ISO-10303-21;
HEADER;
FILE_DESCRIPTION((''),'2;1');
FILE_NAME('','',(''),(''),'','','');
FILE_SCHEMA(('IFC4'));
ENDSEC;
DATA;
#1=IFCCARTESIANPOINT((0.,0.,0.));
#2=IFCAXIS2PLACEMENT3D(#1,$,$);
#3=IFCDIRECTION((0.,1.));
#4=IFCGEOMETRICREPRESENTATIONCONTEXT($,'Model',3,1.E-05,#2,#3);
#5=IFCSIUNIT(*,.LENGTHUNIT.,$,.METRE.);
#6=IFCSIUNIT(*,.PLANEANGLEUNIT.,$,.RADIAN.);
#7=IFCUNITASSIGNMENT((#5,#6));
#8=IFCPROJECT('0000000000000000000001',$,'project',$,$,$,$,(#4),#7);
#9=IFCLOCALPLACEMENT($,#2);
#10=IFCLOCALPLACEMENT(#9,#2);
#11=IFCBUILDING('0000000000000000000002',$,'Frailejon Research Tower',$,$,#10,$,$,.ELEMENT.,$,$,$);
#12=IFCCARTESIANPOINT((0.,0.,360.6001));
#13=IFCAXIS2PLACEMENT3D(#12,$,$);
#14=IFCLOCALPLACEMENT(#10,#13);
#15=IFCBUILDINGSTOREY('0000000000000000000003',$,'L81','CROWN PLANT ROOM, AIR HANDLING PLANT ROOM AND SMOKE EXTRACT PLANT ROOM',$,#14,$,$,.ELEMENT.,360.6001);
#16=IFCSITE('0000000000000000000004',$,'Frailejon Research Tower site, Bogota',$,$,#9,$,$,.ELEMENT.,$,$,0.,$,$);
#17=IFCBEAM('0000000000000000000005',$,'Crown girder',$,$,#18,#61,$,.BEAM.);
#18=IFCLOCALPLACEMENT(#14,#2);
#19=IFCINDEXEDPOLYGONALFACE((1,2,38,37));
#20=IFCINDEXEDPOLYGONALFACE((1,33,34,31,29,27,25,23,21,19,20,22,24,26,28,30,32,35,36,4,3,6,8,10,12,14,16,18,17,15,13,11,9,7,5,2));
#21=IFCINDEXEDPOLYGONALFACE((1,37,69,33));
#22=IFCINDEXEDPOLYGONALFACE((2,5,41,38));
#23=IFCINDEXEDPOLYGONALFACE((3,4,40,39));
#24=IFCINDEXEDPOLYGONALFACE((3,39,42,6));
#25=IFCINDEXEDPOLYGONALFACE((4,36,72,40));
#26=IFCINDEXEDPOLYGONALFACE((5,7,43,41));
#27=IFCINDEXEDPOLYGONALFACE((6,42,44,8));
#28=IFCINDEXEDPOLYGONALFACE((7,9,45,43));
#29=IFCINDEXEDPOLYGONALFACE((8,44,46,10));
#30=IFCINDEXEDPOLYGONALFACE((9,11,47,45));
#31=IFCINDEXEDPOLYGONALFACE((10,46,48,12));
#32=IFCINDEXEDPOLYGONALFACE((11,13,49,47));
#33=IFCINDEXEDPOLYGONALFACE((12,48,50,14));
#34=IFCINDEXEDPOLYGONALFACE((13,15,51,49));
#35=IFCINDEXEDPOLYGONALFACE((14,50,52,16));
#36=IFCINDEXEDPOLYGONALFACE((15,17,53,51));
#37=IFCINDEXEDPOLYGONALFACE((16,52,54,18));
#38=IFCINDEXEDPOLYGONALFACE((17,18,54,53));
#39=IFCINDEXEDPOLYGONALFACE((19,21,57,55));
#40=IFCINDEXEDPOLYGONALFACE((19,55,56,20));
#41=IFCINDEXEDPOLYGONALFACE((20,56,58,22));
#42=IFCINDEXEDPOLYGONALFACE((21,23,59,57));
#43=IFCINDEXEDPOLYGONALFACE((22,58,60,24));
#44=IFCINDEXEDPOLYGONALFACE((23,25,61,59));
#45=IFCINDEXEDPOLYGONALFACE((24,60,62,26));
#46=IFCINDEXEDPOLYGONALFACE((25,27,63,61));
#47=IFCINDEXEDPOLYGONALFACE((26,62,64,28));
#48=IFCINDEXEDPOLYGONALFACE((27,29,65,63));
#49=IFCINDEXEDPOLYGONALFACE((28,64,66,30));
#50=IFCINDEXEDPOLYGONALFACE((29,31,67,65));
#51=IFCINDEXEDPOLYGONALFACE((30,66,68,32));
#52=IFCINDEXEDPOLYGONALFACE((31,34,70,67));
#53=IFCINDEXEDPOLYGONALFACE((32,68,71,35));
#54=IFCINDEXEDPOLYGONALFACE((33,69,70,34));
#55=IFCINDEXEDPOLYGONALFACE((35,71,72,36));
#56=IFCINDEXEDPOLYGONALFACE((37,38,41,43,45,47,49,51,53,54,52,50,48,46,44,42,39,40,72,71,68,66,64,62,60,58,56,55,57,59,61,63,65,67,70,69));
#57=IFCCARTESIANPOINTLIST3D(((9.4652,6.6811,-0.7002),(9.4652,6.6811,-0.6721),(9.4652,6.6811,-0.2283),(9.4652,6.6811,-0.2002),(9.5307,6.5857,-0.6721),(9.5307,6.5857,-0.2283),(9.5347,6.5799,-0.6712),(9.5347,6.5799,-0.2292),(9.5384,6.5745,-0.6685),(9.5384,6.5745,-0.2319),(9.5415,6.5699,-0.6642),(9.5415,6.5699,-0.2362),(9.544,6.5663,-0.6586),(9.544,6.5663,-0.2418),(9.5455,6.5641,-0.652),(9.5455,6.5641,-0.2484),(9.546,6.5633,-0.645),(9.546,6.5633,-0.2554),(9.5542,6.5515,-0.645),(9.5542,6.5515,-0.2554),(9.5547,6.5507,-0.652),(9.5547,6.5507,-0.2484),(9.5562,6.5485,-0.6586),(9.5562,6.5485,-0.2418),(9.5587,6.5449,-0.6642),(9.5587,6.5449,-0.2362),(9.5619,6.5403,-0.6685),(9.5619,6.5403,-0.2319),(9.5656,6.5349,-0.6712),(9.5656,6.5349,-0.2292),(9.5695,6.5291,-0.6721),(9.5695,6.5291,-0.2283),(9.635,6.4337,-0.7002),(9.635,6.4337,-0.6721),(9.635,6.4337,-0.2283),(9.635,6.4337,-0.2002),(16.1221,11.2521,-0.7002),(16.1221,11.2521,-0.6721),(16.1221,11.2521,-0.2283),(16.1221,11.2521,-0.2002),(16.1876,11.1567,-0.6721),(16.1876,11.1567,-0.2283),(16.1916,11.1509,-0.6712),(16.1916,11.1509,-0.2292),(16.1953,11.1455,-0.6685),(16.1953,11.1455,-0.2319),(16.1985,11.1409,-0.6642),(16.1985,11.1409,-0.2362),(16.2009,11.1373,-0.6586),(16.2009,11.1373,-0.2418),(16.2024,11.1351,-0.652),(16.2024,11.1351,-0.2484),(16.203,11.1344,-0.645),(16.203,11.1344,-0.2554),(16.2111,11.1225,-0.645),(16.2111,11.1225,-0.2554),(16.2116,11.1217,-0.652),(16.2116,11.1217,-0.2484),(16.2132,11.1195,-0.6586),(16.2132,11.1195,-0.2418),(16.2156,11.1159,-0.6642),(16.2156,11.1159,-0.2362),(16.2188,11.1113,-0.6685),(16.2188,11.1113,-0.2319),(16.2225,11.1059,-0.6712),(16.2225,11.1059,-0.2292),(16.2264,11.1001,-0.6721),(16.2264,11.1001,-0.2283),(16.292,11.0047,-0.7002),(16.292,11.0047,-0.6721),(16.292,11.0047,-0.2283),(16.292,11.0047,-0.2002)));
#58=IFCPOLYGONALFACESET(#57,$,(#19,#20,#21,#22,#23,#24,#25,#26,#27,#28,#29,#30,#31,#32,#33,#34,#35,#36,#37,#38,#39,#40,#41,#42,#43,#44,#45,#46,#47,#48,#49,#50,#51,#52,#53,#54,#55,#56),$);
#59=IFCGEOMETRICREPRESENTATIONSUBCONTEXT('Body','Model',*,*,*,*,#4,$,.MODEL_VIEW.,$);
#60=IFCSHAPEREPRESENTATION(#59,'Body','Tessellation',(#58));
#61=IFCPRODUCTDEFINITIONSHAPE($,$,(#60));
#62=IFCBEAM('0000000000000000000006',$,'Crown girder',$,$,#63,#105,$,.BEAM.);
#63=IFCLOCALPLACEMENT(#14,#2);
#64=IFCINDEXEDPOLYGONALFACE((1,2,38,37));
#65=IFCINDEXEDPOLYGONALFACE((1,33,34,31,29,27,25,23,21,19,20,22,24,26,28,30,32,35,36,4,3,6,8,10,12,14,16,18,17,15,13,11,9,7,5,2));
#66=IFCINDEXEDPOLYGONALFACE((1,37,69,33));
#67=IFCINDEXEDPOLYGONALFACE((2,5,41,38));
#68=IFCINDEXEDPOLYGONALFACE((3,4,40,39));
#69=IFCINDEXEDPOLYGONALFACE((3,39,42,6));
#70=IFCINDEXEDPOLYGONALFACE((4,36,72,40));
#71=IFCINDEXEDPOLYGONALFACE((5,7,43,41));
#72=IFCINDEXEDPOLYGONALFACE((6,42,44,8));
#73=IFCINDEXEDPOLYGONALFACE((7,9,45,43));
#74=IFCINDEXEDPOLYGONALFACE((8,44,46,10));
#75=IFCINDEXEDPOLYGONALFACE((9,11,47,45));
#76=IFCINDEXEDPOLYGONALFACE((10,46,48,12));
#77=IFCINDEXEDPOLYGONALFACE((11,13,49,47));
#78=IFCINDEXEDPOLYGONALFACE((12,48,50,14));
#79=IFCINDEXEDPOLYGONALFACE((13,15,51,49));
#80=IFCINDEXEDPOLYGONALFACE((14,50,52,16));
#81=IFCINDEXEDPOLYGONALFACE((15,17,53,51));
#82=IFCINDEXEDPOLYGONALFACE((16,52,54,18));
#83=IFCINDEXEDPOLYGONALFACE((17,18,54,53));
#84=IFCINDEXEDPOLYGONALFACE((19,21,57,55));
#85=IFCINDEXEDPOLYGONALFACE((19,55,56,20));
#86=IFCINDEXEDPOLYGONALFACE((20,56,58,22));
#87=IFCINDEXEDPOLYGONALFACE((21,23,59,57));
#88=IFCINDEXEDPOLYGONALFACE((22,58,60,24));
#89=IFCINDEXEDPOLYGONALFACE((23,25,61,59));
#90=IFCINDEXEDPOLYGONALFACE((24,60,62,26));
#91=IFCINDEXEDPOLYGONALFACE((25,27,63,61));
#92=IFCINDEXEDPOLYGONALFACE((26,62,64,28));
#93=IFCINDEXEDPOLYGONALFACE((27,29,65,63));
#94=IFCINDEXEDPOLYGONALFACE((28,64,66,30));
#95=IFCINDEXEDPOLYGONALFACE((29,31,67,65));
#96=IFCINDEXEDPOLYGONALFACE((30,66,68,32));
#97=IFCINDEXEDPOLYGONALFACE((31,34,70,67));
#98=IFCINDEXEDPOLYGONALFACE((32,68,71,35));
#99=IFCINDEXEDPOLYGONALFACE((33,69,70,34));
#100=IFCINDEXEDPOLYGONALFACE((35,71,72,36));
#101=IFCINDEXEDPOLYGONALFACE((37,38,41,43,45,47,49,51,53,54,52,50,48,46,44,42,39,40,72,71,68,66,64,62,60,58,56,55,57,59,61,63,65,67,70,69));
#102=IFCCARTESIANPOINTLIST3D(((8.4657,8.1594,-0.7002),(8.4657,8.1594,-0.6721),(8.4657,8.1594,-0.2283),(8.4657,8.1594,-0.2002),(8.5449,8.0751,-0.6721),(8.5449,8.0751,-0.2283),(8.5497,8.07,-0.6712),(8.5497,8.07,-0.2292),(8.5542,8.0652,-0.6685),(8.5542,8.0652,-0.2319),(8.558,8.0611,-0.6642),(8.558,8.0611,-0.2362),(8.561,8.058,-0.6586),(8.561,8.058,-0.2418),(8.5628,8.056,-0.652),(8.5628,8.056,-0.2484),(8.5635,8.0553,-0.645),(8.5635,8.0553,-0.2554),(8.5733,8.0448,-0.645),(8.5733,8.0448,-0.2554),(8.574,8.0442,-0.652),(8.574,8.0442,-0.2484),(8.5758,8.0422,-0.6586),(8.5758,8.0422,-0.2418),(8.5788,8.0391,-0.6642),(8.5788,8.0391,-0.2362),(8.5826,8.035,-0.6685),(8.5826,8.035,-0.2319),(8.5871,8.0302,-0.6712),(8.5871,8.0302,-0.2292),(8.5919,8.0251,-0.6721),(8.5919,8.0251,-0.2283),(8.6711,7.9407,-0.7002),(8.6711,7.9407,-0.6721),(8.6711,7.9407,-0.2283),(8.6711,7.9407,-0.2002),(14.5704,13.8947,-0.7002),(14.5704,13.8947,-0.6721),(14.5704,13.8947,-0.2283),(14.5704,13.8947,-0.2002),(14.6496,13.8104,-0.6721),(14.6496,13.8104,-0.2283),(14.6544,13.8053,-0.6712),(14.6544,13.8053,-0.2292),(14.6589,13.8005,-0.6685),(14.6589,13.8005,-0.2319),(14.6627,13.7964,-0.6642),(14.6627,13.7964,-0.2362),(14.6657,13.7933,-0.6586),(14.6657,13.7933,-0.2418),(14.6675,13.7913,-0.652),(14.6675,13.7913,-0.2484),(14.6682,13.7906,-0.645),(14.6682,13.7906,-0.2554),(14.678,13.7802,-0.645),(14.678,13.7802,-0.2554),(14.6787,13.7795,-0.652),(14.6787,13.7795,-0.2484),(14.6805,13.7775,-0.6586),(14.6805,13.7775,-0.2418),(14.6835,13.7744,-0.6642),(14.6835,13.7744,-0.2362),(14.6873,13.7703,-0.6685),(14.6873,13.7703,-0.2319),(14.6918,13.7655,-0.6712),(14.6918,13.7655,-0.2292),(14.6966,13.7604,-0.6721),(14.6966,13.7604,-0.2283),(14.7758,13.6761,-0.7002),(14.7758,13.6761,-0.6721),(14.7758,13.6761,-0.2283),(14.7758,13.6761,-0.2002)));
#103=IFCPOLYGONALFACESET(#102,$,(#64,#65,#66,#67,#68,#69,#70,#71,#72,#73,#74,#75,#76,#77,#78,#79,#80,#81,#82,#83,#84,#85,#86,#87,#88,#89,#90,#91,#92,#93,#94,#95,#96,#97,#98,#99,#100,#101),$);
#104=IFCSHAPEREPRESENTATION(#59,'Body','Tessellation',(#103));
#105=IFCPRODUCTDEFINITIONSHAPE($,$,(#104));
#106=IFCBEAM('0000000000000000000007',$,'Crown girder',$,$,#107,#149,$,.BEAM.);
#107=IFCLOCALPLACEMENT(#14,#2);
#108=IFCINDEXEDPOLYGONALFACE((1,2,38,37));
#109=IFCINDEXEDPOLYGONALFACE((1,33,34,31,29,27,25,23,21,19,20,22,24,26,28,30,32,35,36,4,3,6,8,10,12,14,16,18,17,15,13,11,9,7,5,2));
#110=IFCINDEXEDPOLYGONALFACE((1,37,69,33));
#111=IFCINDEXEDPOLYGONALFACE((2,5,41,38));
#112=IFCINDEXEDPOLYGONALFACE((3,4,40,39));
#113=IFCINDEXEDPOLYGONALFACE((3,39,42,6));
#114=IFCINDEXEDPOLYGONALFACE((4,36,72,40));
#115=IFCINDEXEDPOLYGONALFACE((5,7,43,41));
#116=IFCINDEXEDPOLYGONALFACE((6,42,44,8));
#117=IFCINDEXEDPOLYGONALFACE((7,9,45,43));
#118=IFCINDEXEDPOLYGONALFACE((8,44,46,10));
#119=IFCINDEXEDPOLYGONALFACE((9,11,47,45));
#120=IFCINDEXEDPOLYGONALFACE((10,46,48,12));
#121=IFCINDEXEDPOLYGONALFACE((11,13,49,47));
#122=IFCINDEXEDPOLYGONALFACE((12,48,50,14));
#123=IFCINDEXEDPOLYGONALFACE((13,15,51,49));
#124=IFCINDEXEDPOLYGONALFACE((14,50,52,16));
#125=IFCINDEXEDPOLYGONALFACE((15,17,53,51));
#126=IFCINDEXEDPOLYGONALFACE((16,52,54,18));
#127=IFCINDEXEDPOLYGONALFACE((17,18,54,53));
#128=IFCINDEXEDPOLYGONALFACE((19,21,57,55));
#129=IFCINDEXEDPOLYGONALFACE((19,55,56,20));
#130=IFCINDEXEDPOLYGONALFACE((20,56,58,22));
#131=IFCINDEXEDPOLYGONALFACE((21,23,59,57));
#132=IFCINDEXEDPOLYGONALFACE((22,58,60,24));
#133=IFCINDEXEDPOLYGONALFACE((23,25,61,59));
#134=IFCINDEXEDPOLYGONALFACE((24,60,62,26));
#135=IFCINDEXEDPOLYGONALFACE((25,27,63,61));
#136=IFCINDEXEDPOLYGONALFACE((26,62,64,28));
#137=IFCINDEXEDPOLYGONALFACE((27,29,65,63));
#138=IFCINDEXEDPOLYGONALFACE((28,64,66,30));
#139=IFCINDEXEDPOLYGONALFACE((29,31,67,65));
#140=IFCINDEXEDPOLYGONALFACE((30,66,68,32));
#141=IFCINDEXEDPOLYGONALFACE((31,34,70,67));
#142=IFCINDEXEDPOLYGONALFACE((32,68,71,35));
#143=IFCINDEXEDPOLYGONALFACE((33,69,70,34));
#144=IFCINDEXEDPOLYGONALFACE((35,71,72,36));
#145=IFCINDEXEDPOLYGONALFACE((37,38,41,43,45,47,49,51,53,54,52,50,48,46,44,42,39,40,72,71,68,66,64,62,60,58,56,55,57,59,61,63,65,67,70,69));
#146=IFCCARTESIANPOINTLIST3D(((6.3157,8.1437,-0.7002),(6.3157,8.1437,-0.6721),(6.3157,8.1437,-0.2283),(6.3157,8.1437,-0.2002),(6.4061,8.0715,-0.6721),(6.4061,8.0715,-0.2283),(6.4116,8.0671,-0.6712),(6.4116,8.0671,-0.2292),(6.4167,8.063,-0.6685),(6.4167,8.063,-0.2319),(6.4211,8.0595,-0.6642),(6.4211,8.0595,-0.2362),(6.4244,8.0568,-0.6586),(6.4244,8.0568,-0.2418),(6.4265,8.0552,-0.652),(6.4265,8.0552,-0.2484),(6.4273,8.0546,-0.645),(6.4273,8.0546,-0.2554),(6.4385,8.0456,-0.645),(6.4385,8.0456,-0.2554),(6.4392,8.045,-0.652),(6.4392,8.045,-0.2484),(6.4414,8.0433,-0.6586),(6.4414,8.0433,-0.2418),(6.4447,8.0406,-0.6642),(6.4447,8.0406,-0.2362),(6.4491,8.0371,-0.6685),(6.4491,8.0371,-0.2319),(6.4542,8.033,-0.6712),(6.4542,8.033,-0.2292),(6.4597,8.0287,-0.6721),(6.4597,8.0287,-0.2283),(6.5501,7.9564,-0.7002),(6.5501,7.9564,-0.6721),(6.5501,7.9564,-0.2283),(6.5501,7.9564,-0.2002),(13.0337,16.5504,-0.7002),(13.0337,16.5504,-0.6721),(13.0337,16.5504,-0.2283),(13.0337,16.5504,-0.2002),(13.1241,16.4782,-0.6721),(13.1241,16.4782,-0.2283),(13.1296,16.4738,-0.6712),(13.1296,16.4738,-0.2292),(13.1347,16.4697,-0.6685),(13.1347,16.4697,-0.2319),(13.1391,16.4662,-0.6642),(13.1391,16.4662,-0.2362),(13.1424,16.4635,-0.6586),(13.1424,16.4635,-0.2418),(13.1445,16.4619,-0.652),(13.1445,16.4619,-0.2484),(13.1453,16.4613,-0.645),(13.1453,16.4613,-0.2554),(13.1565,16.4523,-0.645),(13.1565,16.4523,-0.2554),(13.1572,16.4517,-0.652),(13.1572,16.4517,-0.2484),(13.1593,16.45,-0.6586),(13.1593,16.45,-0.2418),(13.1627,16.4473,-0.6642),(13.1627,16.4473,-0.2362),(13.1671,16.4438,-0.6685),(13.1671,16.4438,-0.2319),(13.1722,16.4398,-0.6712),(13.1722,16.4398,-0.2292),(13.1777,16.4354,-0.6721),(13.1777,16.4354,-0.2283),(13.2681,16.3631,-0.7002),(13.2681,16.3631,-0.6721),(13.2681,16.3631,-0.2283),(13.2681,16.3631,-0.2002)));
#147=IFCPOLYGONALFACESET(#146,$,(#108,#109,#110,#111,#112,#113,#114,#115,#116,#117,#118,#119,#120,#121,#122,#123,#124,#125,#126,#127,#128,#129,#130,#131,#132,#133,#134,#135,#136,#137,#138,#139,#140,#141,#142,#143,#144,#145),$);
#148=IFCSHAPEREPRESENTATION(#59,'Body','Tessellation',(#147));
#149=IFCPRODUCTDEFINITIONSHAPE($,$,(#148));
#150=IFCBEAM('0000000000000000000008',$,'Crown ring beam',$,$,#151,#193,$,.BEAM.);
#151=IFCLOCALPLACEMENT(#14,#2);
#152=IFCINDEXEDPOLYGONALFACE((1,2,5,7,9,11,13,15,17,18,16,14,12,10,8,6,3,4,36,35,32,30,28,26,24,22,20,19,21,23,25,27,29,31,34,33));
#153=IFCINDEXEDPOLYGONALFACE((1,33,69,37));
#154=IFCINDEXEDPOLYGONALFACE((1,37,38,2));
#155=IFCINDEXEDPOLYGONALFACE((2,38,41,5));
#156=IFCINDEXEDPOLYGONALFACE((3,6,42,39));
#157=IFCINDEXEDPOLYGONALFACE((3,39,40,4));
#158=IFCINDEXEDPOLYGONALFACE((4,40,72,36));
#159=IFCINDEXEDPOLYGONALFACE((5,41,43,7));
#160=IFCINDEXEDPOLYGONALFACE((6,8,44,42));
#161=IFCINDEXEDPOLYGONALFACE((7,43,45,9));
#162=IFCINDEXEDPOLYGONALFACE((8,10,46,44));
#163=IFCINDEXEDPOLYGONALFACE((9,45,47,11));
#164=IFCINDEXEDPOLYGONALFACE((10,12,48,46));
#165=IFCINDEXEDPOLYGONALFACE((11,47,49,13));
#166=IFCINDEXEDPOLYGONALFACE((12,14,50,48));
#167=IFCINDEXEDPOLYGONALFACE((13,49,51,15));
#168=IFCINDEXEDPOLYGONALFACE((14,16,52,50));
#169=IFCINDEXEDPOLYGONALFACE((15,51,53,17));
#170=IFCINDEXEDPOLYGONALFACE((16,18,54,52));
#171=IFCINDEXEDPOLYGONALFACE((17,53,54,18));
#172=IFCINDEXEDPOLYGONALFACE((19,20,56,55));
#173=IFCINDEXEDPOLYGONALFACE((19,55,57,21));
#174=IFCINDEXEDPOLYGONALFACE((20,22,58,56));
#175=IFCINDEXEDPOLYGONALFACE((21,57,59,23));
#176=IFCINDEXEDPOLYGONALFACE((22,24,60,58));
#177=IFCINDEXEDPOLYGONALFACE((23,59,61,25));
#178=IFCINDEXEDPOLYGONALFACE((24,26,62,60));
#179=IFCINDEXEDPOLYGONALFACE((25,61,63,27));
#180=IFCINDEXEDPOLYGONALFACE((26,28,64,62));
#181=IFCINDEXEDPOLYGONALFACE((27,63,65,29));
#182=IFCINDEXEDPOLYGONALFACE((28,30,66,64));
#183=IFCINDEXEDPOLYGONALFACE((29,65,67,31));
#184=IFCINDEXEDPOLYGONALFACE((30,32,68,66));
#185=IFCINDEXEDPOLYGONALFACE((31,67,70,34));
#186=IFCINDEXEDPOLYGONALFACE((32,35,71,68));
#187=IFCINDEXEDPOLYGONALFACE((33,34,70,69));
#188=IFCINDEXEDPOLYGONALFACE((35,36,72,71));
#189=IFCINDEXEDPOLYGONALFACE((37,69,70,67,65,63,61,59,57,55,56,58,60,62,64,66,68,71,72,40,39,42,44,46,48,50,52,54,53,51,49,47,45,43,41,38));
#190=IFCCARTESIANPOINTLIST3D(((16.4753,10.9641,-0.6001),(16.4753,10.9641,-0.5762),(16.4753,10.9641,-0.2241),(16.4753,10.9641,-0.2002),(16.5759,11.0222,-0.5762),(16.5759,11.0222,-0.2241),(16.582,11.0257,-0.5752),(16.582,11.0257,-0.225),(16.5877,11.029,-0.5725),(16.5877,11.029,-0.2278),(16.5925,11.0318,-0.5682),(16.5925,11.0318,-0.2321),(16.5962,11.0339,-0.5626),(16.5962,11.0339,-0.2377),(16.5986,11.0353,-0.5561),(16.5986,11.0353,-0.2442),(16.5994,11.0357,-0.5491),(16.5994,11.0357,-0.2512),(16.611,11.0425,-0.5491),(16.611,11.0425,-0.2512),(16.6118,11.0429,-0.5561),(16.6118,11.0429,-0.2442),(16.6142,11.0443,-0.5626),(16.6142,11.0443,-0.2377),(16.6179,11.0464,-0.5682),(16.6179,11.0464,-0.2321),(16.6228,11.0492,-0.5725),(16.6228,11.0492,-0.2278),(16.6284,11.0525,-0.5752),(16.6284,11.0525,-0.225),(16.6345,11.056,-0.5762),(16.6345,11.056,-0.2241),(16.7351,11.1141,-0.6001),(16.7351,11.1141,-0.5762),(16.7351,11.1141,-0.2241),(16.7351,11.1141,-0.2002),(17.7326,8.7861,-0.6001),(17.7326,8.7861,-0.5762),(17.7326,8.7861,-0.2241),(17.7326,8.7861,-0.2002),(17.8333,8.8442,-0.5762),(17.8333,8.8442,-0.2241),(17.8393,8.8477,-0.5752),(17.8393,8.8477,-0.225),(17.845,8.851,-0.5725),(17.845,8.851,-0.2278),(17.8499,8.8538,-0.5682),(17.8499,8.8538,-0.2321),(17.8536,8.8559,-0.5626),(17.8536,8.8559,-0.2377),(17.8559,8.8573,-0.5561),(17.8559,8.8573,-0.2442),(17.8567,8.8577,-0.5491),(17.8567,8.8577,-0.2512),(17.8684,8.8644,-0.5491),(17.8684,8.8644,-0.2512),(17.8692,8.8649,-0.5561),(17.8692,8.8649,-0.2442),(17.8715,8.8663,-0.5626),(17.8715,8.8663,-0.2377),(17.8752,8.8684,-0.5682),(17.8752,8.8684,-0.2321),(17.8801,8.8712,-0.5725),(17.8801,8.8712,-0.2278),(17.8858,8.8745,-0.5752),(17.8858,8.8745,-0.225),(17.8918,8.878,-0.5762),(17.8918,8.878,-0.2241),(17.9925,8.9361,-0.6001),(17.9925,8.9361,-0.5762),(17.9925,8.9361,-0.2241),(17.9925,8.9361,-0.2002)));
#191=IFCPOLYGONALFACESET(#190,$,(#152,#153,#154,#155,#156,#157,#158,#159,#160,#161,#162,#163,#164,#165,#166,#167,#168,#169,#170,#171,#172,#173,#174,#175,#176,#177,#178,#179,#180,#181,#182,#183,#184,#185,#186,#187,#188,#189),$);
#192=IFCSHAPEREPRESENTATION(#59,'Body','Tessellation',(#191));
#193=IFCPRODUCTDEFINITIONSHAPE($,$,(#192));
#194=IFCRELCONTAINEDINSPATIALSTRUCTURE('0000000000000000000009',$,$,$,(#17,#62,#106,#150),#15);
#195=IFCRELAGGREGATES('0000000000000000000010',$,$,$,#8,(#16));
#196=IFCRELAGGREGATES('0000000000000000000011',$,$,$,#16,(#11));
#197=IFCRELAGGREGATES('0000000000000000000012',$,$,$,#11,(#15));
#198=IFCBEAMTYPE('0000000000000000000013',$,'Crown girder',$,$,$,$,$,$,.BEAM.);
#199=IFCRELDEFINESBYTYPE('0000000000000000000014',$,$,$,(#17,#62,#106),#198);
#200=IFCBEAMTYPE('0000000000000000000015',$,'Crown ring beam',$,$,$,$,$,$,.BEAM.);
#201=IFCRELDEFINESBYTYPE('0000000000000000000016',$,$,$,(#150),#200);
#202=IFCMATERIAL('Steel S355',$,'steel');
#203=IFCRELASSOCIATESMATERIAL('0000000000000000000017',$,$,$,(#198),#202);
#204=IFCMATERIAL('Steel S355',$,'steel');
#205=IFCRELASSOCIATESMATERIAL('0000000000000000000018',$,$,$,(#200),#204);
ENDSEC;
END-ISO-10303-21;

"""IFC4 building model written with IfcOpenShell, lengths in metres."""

from ifc_helpers import new_model, si_unit, direction, frame, origin, origin_2d, place, context, subcontext, project, spatial, i_section, extrude, material, material_profile, profile_set, type_object, element, save


model = new_model("IFC4")

# Units and contexts
model_context = context("Model", 3, precision=1e-05, world=origin(), true_north=direction((0.0, 1.0)))
body_context = subcontext(model_context, "Body", "Model", "MODEL_VIEW")
ifc_project = project(units=[si_unit("LENGTHUNIT", "METRE"), si_unit("PLANEANGLEUNIT", "RADIAN")], contexts=[model_context])

# Site, building, storey
site_placement = place(None, origin())
site = spatial("IfcSite", under=ifc_project, at=site_placement, Name="Frailejon Research Tower site, Bogota", CompositionType="ELEMENT", RefElevation=0.0)
building_placement = place(site_placement, origin())
building = spatial("IfcBuilding", under=site, at=building_placement, Name="Frailejon Research Tower", CompositionType="ELEMENT")
storey_placement = place(building_placement, frame((0.0, 0.0, 360.6001)))
storey = spatial("IfcBuildingStorey", under=building, at=storey_placement, Name="L81", Description="CROWN PLANT ROOM, AIR HANDLING PLANT ROOM AND SMOKE EXTRACT PLANT ROOM", CompositionType="ELEMENT", Elevation=360.6001)

# Beams
ifc_material_1 = material(Name="Steel S355", Category="steel")
ifc_material_profile_1 = material_profile(ifc_material_1, i_section(OverallWidth=0.3, OverallDepth=0.5, WebThickness=0.0144, FlangeThickness=0.0281, FilletRadius=0.0271, at=origin_2d()), Name="HE 500 B")
ifc_profile_set_1 = profile_set([ifc_material_profile_1], Name="Steel S355")
beam_type_1 = type_object("IfcBeamType", Name="Crown girder", PredefinedType="BEAM", material=ifc_profile_set_1)
beam_1_placement = place(storey_placement, frame((16.207, 11.1284, -0.4502), z_axis=(-0.824367, -0.566055, 0.0), x_axis=(0.566055, -0.824367, 0.0)))
element("IfcBeam", 1, at=beam_1_placement, inside=storey, type_object=beam_type_1, Name="Crown girder", PredefinedType="BEAM", context=body_context, shape_type="SweptSolid", body=[
    extrude(i_section(OverallWidth=0.3, OverallDepth=0.5, WebThickness=0.0144, FlangeThickness=0.0281, FilletRadius=0.0271, at=origin_2d()), origin(), (0.0, 0.0, 1.0), 8.0752),
])
beam_2_placement = place(storey_placement, frame((14.6731, 13.7854, -0.4502), z_axis=(-0.728812, -0.684713, 0.0), x_axis=(0.684713, -0.728812, 0.0)))
element("IfcBeam", 2, at=beam_2_placement, inside=storey, type_object=beam_type_1, Name="Crown girder", PredefinedType="BEAM", context=body_context, shape_type="SweptSolid", body=[
    extrude(i_section(OverallWidth=0.3, OverallDepth=0.5, WebThickness=0.0144, FlangeThickness=0.0281, FilletRadius=0.0271, at=origin_2d()), origin(), (0.0, 0.0, 1.0), 8.3762),
])
beam_3_placement = place(storey_placement, frame((13.1509, 16.4568, -0.4502), z_axis=(-0.624277, -0.781203, 0.0), x_axis=(0.781203, -0.624277, 0.0)))
element("IfcBeam", 3, at=beam_3_placement, inside=storey, type_object=beam_type_1, Name="Crown girder", PredefinedType="BEAM", context=body_context, shape_type="SweptSolid", body=[
    extrude(i_section(OverallWidth=0.3, OverallDepth=0.5, WebThickness=0.0144, FlangeThickness=0.0281, FilletRadius=0.0271, at=origin_2d()), origin(), (0.0, 0.0, 1.0), 10.7612),
])
ifc_material_2 = material(Name="Steel S355", Category="steel")
ifc_material_profile_2 = material_profile(ifc_material_2, i_section(OverallWidth=0.3, OverallDepth=0.3999, WebThickness=0.0134, FlangeThickness=0.0239, FilletRadius=0.0271, at=origin_2d()), Name="HE 400 B")
ifc_profile_set_2 = profile_set([ifc_material_profile_2], Name="Steel S355")
beam_type_2 = type_object("IfcBeamType", Name="Crown ring beam", PredefinedType="BEAM", material=ifc_profile_set_2)
for number, where, z_axis, x_axis, name in (
    (4, (17.8625, 8.8611, -0.4001), (-0.499961, 0.866048, 0.0), (-0.866048, -0.499961, 0.0), "Crown ring beam"),
):
    element("IfcBeam", number, at=place(storey_placement, frame(where, z_axis=z_axis, x_axis=x_axis)), inside=storey, type_object=beam_type_2, Name=name, PredefinedType="BEAM", context=body_context, shape_type="SweptSolid", body=[
        extrude(i_section(OverallWidth=0.3, OverallDepth=0.3999, WebThickness=0.0134, FlangeThickness=0.0239, FilletRadius=0.0271, at=origin_2d()), origin(), (0.0, 0.0, 1.0), 2.5149),
    ])

save(model, "model.ifc")
